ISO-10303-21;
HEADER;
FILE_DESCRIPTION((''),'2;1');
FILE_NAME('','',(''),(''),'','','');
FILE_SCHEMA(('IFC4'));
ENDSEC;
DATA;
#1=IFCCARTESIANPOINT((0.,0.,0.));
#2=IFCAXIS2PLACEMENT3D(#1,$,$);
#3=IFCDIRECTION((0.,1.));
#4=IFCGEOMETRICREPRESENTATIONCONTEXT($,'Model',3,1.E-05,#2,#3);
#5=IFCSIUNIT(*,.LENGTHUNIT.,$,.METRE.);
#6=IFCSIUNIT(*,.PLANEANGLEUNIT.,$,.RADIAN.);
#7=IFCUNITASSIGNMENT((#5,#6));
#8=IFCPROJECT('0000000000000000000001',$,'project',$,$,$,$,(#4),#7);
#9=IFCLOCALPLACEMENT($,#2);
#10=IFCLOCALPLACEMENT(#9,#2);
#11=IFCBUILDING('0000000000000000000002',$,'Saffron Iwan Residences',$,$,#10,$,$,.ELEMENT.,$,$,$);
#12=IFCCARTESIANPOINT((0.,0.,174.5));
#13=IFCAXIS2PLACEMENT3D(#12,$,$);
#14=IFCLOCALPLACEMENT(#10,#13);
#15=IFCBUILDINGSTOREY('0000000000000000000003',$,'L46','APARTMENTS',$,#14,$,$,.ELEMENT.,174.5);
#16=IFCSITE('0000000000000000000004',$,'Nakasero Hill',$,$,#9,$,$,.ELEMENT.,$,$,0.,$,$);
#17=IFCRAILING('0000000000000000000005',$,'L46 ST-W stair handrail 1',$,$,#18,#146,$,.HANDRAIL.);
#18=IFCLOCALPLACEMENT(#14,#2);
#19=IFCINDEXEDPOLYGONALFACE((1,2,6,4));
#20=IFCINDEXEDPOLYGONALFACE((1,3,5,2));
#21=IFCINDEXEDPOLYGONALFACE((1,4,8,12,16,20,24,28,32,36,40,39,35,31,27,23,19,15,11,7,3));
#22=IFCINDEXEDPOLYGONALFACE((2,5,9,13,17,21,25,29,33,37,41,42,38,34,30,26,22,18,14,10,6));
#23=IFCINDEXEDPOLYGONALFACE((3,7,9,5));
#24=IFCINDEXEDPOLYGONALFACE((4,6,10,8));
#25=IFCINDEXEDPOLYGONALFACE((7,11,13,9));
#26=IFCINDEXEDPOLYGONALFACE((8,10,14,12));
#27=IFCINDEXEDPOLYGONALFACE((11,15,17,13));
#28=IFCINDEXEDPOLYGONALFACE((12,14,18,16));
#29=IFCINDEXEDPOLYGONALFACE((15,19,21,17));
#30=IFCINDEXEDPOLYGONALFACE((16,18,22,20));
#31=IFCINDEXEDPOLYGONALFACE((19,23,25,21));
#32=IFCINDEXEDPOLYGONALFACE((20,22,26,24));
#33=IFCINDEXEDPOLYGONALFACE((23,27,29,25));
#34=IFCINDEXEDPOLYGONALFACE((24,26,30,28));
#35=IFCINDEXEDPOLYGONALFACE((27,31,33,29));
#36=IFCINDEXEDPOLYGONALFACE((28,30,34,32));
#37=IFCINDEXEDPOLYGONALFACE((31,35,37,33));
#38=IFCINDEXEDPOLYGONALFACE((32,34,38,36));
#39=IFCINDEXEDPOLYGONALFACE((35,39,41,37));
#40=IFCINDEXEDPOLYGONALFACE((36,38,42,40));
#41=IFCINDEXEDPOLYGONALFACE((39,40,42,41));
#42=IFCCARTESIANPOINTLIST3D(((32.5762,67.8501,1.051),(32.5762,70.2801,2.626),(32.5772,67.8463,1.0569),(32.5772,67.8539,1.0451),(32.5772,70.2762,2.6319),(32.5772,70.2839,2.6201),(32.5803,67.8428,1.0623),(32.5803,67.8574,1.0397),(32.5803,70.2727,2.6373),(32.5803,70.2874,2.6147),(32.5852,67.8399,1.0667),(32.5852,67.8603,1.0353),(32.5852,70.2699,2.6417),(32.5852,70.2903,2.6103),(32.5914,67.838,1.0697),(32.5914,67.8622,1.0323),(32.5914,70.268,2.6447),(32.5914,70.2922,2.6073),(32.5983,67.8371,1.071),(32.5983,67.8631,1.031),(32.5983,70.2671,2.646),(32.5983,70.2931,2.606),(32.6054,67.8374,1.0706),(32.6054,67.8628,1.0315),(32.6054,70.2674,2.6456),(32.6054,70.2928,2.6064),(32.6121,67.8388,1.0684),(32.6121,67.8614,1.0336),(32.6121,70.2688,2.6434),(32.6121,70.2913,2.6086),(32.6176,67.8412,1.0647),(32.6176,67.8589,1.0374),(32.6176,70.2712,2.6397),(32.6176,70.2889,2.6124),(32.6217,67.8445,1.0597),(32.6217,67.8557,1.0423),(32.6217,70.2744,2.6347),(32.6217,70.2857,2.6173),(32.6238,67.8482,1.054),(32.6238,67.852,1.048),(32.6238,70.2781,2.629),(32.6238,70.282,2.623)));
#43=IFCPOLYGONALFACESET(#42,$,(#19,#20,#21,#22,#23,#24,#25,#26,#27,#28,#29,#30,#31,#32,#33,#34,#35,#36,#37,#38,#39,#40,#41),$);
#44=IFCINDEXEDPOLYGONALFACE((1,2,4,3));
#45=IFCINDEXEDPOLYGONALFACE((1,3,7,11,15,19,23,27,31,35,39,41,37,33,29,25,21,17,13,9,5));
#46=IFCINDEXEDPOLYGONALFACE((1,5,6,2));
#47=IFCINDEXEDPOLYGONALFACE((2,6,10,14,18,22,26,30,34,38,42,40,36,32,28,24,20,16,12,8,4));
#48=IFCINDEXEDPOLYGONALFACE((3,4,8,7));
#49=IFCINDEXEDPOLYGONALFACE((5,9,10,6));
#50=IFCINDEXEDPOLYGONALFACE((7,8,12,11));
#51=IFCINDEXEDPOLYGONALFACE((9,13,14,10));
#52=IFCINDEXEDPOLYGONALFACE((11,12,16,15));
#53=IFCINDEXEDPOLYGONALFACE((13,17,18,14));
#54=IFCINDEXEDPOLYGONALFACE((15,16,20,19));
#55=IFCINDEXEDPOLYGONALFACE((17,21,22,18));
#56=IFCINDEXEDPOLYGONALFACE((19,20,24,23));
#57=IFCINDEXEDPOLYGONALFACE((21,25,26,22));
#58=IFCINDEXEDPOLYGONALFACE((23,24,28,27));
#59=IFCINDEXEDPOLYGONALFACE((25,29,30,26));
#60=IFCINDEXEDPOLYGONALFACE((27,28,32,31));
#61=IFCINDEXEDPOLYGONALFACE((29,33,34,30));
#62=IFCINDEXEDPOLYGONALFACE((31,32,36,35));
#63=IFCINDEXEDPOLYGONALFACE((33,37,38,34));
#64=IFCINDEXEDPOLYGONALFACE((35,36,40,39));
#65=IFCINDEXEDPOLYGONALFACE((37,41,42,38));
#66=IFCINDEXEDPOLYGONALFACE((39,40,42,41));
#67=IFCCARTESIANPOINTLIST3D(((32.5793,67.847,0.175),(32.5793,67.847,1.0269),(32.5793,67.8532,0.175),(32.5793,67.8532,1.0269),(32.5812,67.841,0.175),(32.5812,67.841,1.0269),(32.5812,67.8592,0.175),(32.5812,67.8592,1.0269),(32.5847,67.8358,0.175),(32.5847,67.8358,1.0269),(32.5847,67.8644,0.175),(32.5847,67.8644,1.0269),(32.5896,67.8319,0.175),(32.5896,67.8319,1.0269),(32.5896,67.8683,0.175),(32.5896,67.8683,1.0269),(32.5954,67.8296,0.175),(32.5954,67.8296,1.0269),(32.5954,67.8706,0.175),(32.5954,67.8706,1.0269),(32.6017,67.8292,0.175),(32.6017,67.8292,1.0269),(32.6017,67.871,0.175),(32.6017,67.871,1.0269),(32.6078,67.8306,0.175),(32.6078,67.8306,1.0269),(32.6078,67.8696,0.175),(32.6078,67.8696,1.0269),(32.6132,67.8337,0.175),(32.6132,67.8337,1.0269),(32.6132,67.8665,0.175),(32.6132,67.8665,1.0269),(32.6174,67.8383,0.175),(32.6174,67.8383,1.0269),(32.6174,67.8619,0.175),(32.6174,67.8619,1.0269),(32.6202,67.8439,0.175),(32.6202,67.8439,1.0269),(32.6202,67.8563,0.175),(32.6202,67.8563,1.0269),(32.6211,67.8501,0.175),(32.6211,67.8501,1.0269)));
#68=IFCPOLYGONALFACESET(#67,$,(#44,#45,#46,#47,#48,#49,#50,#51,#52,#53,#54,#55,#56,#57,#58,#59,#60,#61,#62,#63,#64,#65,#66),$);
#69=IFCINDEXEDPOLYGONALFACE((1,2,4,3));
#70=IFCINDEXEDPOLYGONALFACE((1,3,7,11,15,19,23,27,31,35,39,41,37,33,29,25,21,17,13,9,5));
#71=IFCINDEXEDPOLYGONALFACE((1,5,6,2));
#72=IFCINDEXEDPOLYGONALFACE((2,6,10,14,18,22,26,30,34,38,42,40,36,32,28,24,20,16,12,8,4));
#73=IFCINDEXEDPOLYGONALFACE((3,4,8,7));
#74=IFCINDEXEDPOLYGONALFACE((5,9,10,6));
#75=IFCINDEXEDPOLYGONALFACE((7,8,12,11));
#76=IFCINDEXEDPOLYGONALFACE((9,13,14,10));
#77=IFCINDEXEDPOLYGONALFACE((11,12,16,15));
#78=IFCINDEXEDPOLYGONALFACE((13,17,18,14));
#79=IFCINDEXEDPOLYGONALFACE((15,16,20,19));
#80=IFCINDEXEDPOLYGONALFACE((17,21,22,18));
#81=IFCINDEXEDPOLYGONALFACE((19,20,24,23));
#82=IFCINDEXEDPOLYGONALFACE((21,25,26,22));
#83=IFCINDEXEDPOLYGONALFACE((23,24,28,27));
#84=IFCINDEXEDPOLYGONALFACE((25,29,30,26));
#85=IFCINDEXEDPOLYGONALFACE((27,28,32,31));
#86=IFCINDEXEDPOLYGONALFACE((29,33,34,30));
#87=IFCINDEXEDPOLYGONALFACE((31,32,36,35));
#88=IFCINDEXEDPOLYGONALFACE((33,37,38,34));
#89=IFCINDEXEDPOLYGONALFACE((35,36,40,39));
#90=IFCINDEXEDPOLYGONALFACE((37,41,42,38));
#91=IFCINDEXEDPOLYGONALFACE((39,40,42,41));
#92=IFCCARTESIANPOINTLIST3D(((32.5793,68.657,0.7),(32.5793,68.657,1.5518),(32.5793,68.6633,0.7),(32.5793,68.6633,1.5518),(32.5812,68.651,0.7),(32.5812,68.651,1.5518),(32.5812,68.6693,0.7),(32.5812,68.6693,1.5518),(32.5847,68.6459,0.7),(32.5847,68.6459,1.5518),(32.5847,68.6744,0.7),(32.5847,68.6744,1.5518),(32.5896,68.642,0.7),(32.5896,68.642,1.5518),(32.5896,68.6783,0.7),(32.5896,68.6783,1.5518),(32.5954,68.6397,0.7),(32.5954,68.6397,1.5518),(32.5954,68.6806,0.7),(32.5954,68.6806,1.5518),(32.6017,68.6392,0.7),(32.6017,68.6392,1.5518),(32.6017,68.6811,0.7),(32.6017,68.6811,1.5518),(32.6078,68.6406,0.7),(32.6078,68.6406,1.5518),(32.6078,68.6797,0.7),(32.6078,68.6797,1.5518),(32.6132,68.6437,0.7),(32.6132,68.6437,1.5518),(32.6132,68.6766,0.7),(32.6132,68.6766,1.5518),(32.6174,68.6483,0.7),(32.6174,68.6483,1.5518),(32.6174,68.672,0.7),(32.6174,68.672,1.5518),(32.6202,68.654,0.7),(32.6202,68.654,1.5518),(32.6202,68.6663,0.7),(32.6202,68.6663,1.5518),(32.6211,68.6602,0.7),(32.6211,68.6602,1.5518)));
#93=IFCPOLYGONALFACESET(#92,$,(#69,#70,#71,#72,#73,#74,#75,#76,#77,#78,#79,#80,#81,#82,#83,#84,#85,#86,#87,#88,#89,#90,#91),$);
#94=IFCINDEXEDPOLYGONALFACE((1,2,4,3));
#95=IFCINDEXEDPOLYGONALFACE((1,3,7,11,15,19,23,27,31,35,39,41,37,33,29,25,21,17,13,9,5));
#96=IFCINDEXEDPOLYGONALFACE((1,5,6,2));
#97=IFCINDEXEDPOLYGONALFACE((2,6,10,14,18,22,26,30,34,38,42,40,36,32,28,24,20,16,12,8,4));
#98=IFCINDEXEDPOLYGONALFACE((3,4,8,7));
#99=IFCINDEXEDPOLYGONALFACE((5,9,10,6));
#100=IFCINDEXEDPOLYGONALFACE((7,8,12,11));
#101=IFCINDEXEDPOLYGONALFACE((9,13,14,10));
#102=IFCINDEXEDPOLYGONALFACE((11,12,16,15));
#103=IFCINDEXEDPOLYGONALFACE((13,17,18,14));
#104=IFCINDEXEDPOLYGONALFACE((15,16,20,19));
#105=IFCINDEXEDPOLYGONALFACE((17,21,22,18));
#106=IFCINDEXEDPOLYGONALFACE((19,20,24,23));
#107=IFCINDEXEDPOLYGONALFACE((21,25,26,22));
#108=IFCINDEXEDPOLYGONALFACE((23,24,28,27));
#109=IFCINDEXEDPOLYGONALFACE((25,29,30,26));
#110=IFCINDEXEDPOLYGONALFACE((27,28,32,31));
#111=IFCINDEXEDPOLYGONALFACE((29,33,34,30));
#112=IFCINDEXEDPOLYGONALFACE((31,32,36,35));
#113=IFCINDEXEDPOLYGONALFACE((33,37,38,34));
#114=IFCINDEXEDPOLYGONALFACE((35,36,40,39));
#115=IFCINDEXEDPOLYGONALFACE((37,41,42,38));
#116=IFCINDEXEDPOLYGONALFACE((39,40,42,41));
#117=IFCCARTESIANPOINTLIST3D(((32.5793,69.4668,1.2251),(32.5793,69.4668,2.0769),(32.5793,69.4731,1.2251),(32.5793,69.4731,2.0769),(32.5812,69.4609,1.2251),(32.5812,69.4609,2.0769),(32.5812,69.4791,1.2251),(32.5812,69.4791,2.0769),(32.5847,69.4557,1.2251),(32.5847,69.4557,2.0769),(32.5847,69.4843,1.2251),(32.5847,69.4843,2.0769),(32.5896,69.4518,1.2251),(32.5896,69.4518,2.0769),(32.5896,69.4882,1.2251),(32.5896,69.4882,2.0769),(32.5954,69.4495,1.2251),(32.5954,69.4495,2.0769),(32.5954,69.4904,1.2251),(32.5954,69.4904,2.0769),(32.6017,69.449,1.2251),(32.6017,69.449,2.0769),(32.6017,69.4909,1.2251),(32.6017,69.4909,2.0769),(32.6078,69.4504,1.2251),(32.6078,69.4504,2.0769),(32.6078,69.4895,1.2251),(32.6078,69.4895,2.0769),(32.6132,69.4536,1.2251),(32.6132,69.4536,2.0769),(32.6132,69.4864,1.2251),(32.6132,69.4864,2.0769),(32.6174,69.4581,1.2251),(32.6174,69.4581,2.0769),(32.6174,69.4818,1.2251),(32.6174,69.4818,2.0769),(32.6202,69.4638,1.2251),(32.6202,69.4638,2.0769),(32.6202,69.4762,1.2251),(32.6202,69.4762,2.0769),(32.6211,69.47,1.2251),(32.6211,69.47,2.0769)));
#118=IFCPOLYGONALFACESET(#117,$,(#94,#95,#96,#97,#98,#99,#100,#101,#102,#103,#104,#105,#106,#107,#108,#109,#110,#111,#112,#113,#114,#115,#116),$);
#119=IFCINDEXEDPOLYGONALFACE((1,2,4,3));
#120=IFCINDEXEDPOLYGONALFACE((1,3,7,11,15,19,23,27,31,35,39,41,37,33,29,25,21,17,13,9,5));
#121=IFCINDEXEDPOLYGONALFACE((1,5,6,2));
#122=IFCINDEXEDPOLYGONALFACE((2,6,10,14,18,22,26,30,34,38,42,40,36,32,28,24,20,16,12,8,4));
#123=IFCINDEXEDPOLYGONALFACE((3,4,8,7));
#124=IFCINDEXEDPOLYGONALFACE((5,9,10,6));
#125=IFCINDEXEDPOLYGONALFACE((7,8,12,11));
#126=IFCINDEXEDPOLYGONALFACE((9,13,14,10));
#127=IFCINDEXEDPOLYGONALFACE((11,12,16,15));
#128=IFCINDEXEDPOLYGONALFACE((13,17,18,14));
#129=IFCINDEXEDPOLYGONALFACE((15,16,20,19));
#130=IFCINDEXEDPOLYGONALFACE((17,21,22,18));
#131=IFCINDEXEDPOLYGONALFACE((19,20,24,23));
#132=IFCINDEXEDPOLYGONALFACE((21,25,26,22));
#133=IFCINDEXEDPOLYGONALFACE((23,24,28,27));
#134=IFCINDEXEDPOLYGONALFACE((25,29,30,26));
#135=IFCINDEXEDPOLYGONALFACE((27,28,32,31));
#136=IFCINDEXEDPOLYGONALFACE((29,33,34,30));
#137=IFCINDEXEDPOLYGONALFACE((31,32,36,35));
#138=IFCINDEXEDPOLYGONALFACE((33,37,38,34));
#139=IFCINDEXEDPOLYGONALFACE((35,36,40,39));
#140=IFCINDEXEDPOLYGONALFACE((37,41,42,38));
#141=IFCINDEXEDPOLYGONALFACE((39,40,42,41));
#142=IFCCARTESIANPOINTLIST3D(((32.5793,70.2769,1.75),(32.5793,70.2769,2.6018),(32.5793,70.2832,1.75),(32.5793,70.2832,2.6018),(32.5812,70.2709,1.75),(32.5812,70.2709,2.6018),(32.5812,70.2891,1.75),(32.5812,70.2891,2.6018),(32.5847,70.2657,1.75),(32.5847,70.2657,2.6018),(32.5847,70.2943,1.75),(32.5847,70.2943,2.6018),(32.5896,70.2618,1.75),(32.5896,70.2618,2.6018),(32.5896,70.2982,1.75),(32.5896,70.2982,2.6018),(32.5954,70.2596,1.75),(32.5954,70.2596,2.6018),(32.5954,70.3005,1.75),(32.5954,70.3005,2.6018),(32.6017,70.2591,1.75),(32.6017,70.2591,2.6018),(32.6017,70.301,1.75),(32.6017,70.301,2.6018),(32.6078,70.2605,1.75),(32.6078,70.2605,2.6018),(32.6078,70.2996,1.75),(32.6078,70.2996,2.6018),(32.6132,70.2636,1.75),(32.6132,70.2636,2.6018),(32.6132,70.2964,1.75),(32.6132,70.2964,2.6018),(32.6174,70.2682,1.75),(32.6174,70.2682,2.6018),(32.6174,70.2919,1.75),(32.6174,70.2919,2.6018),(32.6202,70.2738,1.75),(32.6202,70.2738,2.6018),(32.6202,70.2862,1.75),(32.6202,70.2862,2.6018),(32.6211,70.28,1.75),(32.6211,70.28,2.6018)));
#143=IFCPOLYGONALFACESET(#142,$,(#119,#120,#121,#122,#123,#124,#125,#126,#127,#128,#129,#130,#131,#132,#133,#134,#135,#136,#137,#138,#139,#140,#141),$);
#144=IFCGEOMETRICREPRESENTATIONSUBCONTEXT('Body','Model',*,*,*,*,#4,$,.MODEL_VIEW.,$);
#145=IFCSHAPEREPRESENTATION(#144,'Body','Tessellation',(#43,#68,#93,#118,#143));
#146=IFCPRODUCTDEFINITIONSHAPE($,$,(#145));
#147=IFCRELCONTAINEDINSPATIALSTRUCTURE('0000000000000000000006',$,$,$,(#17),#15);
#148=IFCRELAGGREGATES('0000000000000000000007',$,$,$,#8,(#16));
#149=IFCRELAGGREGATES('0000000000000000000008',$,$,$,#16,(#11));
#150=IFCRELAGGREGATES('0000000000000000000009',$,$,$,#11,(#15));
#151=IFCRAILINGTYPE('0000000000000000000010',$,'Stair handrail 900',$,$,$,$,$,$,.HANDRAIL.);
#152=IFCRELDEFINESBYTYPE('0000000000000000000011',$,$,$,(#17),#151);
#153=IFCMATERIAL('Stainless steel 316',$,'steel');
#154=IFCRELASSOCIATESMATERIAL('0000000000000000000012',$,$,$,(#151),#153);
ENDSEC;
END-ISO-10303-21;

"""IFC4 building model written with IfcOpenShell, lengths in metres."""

from ifc_helpers import new_model, si_unit, direction, frame, origin, origin_2d, place, context, subcontext, project, spatial, circle, extrude, material, type_object, element, save


model = new_model("IFC4")

# Units and contexts
model_context = context("Model", 3, precision=1e-05, world=origin(), true_north=direction((0.0, 1.0)))
body_context = subcontext(model_context, "Body", "Model", "MODEL_VIEW")
ifc_project = project(units=[si_unit("LENGTHUNIT", "METRE"), si_unit("PLANEANGLEUNIT", "RADIAN")], contexts=[model_context])

# Site, building, storey
site_placement = place(None, origin())
site = spatial("IfcSite", under=ifc_project, at=site_placement, Name="Nakasero Hill", CompositionType="ELEMENT", RefElevation=0.0)
building_placement = place(site_placement, origin())
building = spatial("IfcBuilding", under=site, at=building_placement, Name="Saffron Iwan Residences", CompositionType="ELEMENT")
storey_placement = place(building_placement, frame((0.0, 0.0, 174.5)))
storey = spatial("IfcBuildingStorey", under=building, at=storey_placement, Name="L46", Description="APARTMENTS", CompositionType="ELEMENT", Elevation=174.5)

# Railing
ifc_material_1 = material(Name="Stainless steel 316", Category="steel")
railing_type_1 = type_object("IfcRailingType", Name="Stair handrail 900", PredefinedType="HANDRAIL", material=ifc_material_1)
railing_1_placement = place(storey_placement, frame((32.6001, 67.8501, 0.175)))
element("IfcRailing", 1, at=railing_1_placement, inside=storey, type_object=railing_type_1, Name="L46 ST-W stair handrail 1", PredefinedType="HANDRAIL", context=body_context, shape_type="SweptSolid", body=[
    extrude(circle(Radius=0.0239, at=origin_2d()), frame((0.0, 0.0, 0.876), z_axis=(0.0, 0.839154, 0.543894), x_axis=(-1.0, 0.0, 0.0)), (0.0, 0.0, 1.0), 2.8958),
    extrude(circle(Radius=0.021, at=origin_2d()), origin(), (0.0, 0.0, 1.0), 0.8518),
    extrude(circle(Radius=0.021, at=origin_2d()), frame((0.0, 0.8101, 0.5249)), (0.0, 0.0, 1.0), 0.8518),
    extrude(circle(Radius=0.021, at=origin_2d()), frame((0.0, 1.6199, 1.05)), (0.0, 0.0, 1.0), 0.8518),
    extrude(circle(Radius=0.021, at=origin_2d()), frame((0.0, 2.4299, 1.575)), (0.0, 0.0, 1.0), 0.8518),
])

save(model, "model.ifc")
